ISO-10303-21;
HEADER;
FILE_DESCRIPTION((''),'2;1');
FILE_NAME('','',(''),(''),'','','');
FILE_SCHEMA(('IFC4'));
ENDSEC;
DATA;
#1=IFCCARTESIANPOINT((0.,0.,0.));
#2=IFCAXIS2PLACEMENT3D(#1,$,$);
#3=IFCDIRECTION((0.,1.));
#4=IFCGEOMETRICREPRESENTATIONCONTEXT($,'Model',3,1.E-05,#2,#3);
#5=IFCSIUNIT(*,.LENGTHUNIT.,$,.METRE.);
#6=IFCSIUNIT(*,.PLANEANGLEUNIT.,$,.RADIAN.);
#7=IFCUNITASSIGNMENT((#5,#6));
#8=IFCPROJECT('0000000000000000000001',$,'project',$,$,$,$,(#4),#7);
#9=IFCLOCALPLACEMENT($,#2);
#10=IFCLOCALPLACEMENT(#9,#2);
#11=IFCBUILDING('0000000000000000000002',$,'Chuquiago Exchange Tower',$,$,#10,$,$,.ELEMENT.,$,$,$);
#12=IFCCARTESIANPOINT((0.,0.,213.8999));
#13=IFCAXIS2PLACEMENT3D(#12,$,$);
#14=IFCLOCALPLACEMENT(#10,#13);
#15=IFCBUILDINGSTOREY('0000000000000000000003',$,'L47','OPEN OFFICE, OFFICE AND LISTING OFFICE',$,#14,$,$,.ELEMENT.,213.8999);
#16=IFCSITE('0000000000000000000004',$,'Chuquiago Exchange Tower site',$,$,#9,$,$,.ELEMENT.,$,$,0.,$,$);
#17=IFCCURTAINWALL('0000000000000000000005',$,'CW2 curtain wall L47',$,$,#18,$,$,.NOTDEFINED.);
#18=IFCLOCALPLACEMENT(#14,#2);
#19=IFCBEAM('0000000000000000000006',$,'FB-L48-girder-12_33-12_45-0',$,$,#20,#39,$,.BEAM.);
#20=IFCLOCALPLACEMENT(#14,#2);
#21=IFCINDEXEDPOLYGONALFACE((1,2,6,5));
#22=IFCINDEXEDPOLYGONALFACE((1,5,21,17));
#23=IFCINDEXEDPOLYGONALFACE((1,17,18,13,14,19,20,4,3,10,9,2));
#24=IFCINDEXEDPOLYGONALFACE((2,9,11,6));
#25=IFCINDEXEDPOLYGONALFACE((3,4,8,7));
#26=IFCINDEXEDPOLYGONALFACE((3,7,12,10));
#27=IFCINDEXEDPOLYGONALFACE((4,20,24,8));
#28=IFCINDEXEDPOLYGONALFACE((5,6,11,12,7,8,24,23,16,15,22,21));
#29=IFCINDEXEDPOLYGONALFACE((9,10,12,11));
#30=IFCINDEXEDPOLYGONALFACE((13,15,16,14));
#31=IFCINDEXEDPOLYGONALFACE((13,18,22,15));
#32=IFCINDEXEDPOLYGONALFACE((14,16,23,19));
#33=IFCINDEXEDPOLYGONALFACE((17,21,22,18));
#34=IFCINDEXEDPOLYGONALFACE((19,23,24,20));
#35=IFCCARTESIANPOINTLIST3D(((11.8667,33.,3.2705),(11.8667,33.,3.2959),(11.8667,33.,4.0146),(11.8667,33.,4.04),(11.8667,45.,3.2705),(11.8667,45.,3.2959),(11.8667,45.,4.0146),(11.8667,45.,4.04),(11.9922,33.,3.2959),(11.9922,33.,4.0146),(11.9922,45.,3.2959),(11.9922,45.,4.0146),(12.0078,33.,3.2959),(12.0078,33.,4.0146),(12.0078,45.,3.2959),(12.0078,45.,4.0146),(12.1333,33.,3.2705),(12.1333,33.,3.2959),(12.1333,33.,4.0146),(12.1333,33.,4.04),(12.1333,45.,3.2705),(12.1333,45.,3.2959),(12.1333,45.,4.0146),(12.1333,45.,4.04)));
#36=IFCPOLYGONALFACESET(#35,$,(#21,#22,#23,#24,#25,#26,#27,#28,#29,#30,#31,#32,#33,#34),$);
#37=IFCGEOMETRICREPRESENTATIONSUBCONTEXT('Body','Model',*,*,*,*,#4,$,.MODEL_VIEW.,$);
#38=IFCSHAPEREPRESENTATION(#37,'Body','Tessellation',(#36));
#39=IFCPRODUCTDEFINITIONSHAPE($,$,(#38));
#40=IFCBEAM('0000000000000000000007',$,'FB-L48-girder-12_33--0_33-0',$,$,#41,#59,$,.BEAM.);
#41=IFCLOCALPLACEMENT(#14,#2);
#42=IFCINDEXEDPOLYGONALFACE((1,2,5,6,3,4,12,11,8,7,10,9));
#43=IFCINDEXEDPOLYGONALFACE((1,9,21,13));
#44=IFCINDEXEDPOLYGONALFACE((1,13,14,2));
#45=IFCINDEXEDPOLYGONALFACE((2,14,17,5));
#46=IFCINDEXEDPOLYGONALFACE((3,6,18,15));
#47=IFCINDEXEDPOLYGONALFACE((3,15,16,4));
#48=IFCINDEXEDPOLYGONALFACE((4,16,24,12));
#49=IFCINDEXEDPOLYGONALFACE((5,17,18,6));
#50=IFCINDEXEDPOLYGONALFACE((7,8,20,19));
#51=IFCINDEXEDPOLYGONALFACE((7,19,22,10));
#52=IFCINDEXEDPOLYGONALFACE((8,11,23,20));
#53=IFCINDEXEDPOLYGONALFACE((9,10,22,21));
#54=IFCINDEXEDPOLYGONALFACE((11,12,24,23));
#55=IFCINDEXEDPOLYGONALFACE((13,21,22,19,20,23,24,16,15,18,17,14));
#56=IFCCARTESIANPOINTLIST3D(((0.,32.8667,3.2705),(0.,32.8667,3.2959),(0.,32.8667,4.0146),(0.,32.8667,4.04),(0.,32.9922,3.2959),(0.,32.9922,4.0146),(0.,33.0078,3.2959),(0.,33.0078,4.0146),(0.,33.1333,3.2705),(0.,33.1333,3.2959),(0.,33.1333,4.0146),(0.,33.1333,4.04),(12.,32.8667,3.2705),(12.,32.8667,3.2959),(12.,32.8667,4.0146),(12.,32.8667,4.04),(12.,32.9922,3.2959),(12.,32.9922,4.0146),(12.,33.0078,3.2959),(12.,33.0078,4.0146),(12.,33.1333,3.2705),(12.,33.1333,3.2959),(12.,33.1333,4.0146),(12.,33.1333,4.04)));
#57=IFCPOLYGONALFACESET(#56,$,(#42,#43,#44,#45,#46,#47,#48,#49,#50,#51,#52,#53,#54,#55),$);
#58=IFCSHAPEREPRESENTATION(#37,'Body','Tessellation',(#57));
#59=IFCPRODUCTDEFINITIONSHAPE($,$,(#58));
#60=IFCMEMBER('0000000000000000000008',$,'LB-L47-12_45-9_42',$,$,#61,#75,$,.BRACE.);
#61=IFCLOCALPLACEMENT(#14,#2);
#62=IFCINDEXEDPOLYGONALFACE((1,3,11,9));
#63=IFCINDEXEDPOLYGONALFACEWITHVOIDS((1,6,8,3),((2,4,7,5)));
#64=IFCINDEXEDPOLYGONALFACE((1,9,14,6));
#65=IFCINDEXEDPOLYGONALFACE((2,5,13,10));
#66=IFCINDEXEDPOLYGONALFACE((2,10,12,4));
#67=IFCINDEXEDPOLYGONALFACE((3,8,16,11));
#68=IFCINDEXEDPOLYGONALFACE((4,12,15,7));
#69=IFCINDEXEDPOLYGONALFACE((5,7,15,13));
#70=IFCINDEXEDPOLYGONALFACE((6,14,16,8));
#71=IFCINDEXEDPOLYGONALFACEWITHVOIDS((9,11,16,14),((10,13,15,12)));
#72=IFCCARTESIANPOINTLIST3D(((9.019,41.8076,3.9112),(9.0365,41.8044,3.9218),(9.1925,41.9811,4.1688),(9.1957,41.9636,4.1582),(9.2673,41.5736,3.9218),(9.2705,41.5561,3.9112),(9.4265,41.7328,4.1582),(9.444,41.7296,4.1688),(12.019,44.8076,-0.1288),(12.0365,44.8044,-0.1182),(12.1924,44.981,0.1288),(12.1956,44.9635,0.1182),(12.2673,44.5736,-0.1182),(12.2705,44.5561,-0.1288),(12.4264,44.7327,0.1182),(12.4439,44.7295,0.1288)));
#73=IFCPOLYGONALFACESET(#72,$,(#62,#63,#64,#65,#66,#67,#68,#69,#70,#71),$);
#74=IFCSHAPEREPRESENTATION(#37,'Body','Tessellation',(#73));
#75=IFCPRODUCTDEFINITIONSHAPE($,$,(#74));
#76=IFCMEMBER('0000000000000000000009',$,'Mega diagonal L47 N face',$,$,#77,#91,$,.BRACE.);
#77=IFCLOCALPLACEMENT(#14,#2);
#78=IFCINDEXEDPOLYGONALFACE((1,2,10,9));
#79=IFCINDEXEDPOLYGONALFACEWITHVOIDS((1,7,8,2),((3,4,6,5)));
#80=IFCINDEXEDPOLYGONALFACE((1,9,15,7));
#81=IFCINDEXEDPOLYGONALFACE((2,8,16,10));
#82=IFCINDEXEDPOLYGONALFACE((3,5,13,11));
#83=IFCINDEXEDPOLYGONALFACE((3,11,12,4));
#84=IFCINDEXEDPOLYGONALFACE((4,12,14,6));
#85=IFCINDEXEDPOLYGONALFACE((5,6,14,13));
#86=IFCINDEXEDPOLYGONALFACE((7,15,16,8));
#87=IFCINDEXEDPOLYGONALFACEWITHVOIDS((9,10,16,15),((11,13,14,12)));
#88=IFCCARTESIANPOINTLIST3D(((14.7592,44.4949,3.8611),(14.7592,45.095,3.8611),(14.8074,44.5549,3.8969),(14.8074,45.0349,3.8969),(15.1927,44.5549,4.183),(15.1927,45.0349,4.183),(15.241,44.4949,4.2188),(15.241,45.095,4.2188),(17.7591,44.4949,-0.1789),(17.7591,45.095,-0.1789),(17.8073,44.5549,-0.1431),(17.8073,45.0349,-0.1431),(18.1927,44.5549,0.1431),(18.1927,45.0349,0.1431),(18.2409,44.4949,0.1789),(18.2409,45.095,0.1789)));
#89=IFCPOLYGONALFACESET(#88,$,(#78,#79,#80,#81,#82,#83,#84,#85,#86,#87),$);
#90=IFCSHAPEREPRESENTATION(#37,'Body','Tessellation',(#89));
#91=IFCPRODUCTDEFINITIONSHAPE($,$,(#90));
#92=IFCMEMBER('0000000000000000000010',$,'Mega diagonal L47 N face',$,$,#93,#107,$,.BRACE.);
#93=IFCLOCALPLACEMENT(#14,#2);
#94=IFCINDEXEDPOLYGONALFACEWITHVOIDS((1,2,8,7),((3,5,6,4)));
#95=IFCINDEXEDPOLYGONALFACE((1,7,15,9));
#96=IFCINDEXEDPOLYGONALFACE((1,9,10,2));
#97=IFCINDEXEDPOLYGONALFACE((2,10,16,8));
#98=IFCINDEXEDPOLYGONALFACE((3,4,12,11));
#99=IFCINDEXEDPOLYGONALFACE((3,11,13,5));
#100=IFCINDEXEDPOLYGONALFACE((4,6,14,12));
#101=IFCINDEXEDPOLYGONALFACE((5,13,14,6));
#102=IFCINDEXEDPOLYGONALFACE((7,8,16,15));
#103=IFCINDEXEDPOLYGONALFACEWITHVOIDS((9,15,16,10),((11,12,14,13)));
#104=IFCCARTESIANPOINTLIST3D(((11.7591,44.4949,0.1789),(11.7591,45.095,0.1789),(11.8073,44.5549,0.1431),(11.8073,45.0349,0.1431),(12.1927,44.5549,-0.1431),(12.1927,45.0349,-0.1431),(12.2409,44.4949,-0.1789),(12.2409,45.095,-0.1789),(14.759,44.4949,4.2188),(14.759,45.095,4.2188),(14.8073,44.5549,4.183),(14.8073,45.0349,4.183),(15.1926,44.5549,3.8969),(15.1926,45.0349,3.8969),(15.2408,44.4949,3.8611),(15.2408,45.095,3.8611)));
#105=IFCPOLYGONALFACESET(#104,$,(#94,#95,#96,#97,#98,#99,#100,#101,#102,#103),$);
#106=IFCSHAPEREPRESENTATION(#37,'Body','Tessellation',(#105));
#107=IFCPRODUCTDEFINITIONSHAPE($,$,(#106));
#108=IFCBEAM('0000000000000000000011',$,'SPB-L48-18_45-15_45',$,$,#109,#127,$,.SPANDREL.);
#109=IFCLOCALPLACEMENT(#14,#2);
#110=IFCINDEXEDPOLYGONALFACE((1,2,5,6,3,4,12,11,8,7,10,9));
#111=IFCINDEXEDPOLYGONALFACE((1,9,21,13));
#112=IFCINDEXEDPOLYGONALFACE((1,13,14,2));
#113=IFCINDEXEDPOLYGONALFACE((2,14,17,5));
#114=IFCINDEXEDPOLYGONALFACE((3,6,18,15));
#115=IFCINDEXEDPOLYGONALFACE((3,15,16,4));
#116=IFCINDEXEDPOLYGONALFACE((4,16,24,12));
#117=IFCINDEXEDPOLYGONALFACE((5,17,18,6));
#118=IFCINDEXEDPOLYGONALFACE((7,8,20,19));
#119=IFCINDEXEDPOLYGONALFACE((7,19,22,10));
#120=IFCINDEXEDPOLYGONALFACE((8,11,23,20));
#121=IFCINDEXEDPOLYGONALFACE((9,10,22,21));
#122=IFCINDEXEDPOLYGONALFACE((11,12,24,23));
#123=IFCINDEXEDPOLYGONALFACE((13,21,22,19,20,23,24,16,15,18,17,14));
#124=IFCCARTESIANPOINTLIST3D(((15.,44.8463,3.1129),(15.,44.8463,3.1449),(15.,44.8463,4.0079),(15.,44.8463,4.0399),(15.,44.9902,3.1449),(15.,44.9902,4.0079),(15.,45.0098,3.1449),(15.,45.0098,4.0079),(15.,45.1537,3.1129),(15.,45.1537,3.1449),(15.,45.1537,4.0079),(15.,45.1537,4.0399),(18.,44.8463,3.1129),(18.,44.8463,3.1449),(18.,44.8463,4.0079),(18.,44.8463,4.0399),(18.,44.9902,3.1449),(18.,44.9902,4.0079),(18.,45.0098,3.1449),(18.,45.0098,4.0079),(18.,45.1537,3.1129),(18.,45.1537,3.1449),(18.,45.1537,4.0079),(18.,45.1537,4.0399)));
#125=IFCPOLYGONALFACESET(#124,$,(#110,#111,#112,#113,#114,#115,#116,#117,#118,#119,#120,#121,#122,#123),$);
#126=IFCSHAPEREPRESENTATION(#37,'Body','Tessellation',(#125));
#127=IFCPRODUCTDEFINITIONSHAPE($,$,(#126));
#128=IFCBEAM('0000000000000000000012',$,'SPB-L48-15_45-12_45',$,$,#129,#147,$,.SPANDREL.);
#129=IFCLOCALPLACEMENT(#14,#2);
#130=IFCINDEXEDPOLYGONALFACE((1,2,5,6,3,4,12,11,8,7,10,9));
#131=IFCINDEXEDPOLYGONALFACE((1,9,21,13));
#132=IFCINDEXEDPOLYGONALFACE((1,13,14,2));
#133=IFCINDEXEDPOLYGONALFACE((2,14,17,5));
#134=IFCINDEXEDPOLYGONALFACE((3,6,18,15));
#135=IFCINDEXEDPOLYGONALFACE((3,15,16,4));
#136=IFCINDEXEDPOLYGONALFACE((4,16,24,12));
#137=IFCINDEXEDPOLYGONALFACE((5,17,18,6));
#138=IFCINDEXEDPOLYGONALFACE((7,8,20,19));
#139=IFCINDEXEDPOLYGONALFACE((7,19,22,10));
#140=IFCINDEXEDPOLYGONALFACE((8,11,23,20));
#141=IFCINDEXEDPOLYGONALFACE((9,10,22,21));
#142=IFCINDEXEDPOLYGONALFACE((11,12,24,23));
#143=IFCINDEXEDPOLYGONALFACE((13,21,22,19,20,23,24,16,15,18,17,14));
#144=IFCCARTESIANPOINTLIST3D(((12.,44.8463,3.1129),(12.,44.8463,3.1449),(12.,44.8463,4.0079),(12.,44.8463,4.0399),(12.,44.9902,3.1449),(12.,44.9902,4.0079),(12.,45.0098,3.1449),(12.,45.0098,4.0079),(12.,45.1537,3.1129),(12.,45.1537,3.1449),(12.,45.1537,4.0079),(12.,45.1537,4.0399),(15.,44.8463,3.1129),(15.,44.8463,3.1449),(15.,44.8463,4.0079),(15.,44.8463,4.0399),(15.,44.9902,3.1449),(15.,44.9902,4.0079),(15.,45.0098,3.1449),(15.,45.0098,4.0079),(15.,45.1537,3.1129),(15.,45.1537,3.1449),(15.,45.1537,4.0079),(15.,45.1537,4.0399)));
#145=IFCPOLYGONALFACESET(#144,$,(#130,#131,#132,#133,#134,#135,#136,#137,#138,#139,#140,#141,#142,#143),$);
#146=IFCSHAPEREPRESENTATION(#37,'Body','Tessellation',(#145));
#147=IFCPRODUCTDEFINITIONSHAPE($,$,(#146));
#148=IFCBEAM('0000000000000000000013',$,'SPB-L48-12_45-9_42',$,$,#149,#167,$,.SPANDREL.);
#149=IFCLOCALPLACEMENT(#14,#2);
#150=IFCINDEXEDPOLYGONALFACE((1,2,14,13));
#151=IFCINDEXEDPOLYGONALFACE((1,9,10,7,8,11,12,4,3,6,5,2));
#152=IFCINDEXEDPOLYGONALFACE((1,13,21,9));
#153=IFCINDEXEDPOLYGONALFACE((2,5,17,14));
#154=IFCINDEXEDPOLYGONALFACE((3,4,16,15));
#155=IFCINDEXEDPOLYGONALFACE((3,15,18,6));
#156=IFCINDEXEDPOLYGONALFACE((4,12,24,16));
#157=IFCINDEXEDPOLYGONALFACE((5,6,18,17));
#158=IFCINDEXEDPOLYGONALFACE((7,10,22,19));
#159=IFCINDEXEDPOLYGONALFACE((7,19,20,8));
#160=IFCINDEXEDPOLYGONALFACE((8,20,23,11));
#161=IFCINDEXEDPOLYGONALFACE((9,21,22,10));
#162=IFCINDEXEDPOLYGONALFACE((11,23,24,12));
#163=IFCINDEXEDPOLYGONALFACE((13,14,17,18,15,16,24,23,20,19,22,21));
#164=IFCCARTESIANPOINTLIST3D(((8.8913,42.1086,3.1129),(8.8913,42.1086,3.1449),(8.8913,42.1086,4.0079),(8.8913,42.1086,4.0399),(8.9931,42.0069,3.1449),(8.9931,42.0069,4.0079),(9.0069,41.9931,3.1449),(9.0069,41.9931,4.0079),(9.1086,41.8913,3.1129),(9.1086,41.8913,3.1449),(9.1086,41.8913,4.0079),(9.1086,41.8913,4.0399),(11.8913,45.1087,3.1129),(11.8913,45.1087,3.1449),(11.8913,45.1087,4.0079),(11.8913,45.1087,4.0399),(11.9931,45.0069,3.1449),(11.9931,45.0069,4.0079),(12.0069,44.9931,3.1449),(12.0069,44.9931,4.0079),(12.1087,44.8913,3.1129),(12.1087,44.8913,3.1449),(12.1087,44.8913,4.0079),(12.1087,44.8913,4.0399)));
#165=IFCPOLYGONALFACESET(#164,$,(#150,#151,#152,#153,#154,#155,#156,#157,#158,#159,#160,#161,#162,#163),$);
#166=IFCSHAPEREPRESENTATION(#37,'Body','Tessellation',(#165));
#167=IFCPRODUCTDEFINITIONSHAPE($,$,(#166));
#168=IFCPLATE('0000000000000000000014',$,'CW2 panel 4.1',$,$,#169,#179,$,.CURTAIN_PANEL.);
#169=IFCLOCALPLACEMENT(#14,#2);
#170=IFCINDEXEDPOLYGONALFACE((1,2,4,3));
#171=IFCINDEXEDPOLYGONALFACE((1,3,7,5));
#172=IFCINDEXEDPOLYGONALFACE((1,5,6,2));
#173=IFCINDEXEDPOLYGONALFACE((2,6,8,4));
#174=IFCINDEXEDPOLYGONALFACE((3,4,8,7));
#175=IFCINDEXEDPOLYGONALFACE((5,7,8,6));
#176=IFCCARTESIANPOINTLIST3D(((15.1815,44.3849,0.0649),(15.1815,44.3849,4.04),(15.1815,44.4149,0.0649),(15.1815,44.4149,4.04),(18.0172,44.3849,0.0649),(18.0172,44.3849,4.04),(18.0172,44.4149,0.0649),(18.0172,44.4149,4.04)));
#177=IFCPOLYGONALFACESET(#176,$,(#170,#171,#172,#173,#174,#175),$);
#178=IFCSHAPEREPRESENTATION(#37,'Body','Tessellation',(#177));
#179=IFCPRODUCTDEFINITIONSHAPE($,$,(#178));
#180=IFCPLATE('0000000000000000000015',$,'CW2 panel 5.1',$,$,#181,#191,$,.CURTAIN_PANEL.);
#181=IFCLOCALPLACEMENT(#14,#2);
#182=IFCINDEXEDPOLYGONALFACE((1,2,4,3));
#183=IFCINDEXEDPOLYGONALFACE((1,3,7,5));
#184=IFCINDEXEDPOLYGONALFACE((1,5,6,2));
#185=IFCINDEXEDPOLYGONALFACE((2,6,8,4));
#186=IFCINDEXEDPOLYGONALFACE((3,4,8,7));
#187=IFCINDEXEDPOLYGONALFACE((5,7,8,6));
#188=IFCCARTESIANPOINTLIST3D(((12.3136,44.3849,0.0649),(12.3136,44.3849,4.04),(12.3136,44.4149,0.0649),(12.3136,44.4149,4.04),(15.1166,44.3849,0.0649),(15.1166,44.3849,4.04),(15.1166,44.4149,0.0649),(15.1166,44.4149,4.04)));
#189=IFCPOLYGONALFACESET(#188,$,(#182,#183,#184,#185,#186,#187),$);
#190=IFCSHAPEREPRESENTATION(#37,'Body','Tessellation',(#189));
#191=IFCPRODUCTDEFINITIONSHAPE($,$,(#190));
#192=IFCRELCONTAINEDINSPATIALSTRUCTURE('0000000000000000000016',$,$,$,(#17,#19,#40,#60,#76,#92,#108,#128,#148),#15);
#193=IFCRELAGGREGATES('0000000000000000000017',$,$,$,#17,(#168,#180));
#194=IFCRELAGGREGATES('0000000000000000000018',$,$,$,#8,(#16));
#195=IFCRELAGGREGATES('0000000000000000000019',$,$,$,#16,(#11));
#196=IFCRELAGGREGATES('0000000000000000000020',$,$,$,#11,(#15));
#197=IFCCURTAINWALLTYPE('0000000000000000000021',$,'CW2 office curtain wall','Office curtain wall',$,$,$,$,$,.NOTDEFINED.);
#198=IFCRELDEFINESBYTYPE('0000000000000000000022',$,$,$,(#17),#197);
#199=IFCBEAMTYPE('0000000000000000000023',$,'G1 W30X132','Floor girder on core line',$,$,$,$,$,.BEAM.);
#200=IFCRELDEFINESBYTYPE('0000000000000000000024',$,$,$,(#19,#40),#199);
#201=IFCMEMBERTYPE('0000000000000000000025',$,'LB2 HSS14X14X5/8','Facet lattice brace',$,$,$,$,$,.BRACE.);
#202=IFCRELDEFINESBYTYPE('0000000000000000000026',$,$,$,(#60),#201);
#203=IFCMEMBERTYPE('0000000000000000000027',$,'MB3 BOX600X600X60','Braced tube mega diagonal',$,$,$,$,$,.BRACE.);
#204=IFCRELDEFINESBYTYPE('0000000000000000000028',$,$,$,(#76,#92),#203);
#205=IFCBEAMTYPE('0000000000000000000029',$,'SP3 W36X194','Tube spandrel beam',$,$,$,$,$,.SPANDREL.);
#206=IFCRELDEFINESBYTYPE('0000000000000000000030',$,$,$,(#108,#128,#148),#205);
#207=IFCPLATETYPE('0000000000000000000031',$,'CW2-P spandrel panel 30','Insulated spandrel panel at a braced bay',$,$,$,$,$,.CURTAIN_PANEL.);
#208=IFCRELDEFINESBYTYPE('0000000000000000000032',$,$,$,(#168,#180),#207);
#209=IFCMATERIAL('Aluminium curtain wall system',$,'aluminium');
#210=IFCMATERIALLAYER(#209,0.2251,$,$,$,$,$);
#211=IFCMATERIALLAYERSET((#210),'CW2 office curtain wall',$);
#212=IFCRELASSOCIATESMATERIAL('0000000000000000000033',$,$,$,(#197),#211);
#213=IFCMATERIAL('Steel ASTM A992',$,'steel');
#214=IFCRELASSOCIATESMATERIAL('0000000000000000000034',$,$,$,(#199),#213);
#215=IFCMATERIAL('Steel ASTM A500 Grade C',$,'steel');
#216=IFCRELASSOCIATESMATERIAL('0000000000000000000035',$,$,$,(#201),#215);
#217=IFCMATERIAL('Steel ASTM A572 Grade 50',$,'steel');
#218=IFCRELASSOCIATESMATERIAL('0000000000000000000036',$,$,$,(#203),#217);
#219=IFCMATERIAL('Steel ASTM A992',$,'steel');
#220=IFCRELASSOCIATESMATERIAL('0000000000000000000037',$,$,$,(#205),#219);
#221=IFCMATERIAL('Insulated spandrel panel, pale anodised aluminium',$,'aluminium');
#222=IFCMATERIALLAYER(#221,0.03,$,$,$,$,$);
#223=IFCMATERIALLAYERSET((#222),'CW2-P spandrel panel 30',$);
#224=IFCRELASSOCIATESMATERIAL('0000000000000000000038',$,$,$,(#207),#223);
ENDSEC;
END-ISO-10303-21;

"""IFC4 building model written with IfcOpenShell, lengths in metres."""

from ifc_helpers import new_model, si_unit, direction, frame, origin, origin_2d, place, context, subcontext, project, spatial, rectangle, hollow_rectangle, i_section, extrude, material, layer, layer_set, material_profile, profile_set, type_object, element, aggregate, save


model = new_model("IFC4")

# Units and contexts
model_context = context("Model", 3, precision=1e-05, world=origin(), true_north=direction((0.0, 1.0)))
body_context = subcontext(model_context, "Body", "Model", "MODEL_VIEW")
ifc_project = project(units=[si_unit("LENGTHUNIT", "METRE"), si_unit("PLANEANGLEUNIT", "RADIAN")], contexts=[model_context])

# Site, building, storey
site_placement = place(None, origin())
site = spatial("IfcSite", under=ifc_project, at=site_placement, Name="Chuquiago Exchange Tower site", CompositionType="ELEMENT", RefElevation=0.0)
building_placement = place(site_placement, origin())
building = spatial("IfcBuilding", under=site, at=building_placement, Name="Chuquiago Exchange Tower", CompositionType="ELEMENT")
storey_placement = place(building_placement, frame((0.0, 0.0, 213.8999)))
storey = spatial("IfcBuildingStorey", under=building, at=storey_placement, Name="L47", Description="OPEN OFFICE, OFFICE AND LISTING OFFICE", CompositionType="ELEMENT", Elevation=213.8999)

# Curtain wall
ifc_material_1 = material(Name="Aluminium curtain wall system", Category="aluminium")
ifc_layer_1 = layer(ifc_material_1, 0.2251)
ifc_layer_set_1 = layer_set([ifc_layer_1], Name="CW2 office curtain wall")
curtain_wall_type_1 = type_object("IfcCurtainWallType", Name="CW2 office curtain wall", Description="Office curtain wall", PredefinedType="NOTDEFINED", material=ifc_layer_set_1)
curtain_wall_1_placement = place(storey_placement, origin())
curtain_wall_1 = element("IfcCurtainWall", 1, at=curtain_wall_1_placement, inside=storey, type_object=curtain_wall_type_1, Name="CW2 curtain wall L47", PredefinedType="NOTDEFINED")

# Beams
ifc_material_2 = material(Name="Steel ASTM A992", Category="steel")
ifc_material_profile_1 = material_profile(ifc_material_2, i_section(OverallWidth=0.2666, OverallDepth=0.7695, WebThickness=0.0156, FlangeThickness=0.0254, at=origin_2d()), Name="W30X132")
ifc_profile_set_1 = profile_set([ifc_material_profile_1], Name="Steel ASTM A992")
beam_type_1 = type_object("IfcBeamType", Name="G1 W30X132", Description="Floor girder on core line", PredefinedType="BEAM", material=ifc_profile_set_1)
for number, where, z_axis, x_axis, name in (
    (2, (12.0, 33.0, 3.6553), (0.0, 1.0, 0.0), (-1.0, 0.0, 0.0), "FB-L48-girder-12_33-12_45-0"),
    (3, (12.0, 33.0, 3.6553), (-1.0, 0.0, 0.0), (0.0, -1.0, 0.0), "FB-L48-girder-12_33--0_33-0"),
):
    element("IfcBeam", number, at=place(storey_placement, frame(where, z_axis=z_axis, x_axis=x_axis)), inside=storey, type_object=beam_type_1, Name=name, PredefinedType="BEAM", context=body_context, shape_type="SweptSolid", body=[
        extrude(i_section(OverallWidth=0.2666, OverallDepth=0.7695, WebThickness=0.0156, FlangeThickness=0.0254, at=origin_2d()), origin(), (0.0, 0.0, 1.0), 12.0),
    ])

# Members
ifc_material_3 = material(Name="Steel ASTM A500 Grade C", Category="steel")
ifc_material_profile_2 = material_profile(ifc_material_3, hollow_rectangle(XDim=0.3557, YDim=0.3557, WallThickness=0.0146, at=origin_2d()), Name="HSS14X14X5/8")
ifc_profile_set_2 = profile_set([ifc_material_profile_2], Name="Steel ASTM A500 Grade C")
member_type_1 = type_object("IfcMemberType", Name="LB2 HSS14X14X5/8", Description="Facet lattice brace", PredefinedType="BRACE", material=ifc_profile_set_2)
member_1_placement = place(storey_placement, frame((12.2314, 44.7686, 0.0), z_axis=(-0.512077, -0.512077, 0.689604), x_axis=(0.707107, -0.707107, 0.0)))
element("IfcMember", 4, at=member_1_placement, inside=storey, type_object=member_type_1, Name="LB-L47-12_45-9_42", PredefinedType="BRACE", context=body_context, shape_type="SweptSolid", body=[
    extrude(hollow_rectangle(XDim=0.3557, YDim=0.3557, WallThickness=0.0146, at=origin_2d()), origin(), (0.0, 0.0, 1.0), 5.8584),
])
ifc_material_4 = material(Name="Steel ASTM A572 Grade 50", Category="steel")
ifc_material_profile_3 = material_profile(ifc_material_4, hollow_rectangle(XDim=0.6001, YDim=0.6001, WallThickness=0.0601, at=origin_2d()), Name="BOX600X600X60")
ifc_profile_set_3 = profile_set([ifc_material_profile_3], Name="Steel ASTM A572 Grade 50")
member_type_2 = type_object("IfcMemberType", Name="MB3 BOX600X600X60", Description="Braced tube mega diagonal", PredefinedType="BRACE", material=ifc_profile_set_3)
for number, where, z_axis, x_axis, name in (
    (5, (18.0, 44.7949, 0.0), (-0.596174, 0.0, 0.802855), (0.0, -1.0, 0.0), "Mega diagonal L47 N face"),
    (6, (12.0, 44.7949, 0.0), (0.596174, 0.0, 0.802855), (0.0, 1.0, 0.0), "Mega diagonal L47 N face"),
):
    element("IfcMember", number, at=place(storey_placement, frame(where, z_axis=z_axis, x_axis=x_axis)), inside=storey, type_object=member_type_2, Name=name, PredefinedType="BRACE", context=body_context, shape_type="SweptSolid", body=[
        extrude(hollow_rectangle(XDim=0.6001, YDim=0.6001, WallThickness=0.0601, at=origin_2d()), origin(), (0.0, 0.0, 1.0), 5.032),
    ])

# Beams
ifc_material_5 = material(Name="Steel ASTM A992", Category="steel")
ifc_material_profile_4 = material_profile(ifc_material_5, i_section(OverallWidth=0.3074, OverallDepth=0.927, WebThickness=0.0195, FlangeThickness=0.032, at=origin_2d()), Name="W36X194")
ifc_profile_set_4 = profile_set([ifc_material_profile_4], Name="Steel ASTM A992")
beam_type_2 = type_object("IfcBeamType", Name="SP3 W36X194", Description="Tube spandrel beam", PredefinedType="SPANDREL", material=ifc_profile_set_4)
for number, where, z_axis, x_axis, name in (
    (7, (18.0, 45.0, 3.5764), (-1.0, 0.0, 0.0), (0.0, -1.0, 0.0), "SPB-L48-18_45-15_45"),
    (8, (15.0, 45.0, 3.5764), (-1.0, 0.0, 0.0), (0.0, -1.0, 0.0), "SPB-L48-15_45-12_45"),
):
    element("IfcBeam", number, at=place(storey_placement, frame(where, z_axis=z_axis, x_axis=x_axis)), inside=storey, type_object=beam_type_2, Name=name, PredefinedType="SPANDREL", context=body_context, shape_type="SweptSolid", body=[
        extrude(i_section(OverallWidth=0.3074, OverallDepth=0.927, WebThickness=0.0195, FlangeThickness=0.032, at=origin_2d()), origin(), (0.0, 0.0, 1.0), 3.0),
    ])
beam_1_placement = place(storey_placement, frame((12.0, 45.0, 3.5764), z_axis=(-0.707107, -0.707107, 0.0), x_axis=(0.707107, -0.707107, 0.0)))
element("IfcBeam", 9, at=beam_1_placement, inside=storey, type_object=beam_type_2, Name="SPB-L48-12_45-9_42", PredefinedType="SPANDREL", context=body_context, shape_type="SweptSolid", body=[
    extrude(i_section(OverallWidth=0.3074, OverallDepth=0.927, WebThickness=0.0195, FlangeThickness=0.032, at=origin_2d()), origin(), (0.0, 0.0, 1.0), 4.2427),
])

# Plates
ifc_material_6 = material(Name="Insulated spandrel panel, pale anodised aluminium", Category="aluminium")
ifc_layer_2 = layer(ifc_material_6, 0.03)
ifc_layer_set_2 = layer_set([ifc_layer_2], Name="CW2-P spandrel panel 30")
plate_type = type_object("IfcPlateType", Name="CW2-P spandrel panel 30", Description="Insulated spandrel panel at a braced bay", PredefinedType="CURTAIN_PANEL", material=ifc_layer_set_2)
plate_1_placement = place(storey_placement, frame((16.5994, 44.3999, 0.0649), z_axis=(0.0, 0.0, 1.0), x_axis=(-1.0, 0.0, 0.0)))
plate_1 = element("IfcPlate", 10, at=plate_1_placement, type_object=plate_type, Name="CW2 panel 4.1", PredefinedType="CURTAIN_PANEL", context=body_context, shape_type="SweptSolid", body=[
    extrude(rectangle(XDim=2.8357, YDim=0.03, at=origin_2d()), origin(), (0.0, 0.0, 1.0), 3.9751),
])
plate_2_placement = place(storey_placement, frame((13.7151, 44.3999, 0.0649), z_axis=(0.0, 0.0, 1.0), x_axis=(-1.0, 0.0, 0.0)))
plate_2 = element("IfcPlate", 11, at=plate_2_placement, type_object=plate_type, Name="CW2 panel 5.1", PredefinedType="CURTAIN_PANEL", context=body_context, shape_type="SweptSolid", body=[
    extrude(rectangle(XDim=2.803, YDim=0.03, at=origin_2d()), origin(), (0.0, 0.0, 1.0), 3.9751),
])
aggregate(curtain_wall_1, [plate_1, plate_2])

save(model, "model.ifc")
